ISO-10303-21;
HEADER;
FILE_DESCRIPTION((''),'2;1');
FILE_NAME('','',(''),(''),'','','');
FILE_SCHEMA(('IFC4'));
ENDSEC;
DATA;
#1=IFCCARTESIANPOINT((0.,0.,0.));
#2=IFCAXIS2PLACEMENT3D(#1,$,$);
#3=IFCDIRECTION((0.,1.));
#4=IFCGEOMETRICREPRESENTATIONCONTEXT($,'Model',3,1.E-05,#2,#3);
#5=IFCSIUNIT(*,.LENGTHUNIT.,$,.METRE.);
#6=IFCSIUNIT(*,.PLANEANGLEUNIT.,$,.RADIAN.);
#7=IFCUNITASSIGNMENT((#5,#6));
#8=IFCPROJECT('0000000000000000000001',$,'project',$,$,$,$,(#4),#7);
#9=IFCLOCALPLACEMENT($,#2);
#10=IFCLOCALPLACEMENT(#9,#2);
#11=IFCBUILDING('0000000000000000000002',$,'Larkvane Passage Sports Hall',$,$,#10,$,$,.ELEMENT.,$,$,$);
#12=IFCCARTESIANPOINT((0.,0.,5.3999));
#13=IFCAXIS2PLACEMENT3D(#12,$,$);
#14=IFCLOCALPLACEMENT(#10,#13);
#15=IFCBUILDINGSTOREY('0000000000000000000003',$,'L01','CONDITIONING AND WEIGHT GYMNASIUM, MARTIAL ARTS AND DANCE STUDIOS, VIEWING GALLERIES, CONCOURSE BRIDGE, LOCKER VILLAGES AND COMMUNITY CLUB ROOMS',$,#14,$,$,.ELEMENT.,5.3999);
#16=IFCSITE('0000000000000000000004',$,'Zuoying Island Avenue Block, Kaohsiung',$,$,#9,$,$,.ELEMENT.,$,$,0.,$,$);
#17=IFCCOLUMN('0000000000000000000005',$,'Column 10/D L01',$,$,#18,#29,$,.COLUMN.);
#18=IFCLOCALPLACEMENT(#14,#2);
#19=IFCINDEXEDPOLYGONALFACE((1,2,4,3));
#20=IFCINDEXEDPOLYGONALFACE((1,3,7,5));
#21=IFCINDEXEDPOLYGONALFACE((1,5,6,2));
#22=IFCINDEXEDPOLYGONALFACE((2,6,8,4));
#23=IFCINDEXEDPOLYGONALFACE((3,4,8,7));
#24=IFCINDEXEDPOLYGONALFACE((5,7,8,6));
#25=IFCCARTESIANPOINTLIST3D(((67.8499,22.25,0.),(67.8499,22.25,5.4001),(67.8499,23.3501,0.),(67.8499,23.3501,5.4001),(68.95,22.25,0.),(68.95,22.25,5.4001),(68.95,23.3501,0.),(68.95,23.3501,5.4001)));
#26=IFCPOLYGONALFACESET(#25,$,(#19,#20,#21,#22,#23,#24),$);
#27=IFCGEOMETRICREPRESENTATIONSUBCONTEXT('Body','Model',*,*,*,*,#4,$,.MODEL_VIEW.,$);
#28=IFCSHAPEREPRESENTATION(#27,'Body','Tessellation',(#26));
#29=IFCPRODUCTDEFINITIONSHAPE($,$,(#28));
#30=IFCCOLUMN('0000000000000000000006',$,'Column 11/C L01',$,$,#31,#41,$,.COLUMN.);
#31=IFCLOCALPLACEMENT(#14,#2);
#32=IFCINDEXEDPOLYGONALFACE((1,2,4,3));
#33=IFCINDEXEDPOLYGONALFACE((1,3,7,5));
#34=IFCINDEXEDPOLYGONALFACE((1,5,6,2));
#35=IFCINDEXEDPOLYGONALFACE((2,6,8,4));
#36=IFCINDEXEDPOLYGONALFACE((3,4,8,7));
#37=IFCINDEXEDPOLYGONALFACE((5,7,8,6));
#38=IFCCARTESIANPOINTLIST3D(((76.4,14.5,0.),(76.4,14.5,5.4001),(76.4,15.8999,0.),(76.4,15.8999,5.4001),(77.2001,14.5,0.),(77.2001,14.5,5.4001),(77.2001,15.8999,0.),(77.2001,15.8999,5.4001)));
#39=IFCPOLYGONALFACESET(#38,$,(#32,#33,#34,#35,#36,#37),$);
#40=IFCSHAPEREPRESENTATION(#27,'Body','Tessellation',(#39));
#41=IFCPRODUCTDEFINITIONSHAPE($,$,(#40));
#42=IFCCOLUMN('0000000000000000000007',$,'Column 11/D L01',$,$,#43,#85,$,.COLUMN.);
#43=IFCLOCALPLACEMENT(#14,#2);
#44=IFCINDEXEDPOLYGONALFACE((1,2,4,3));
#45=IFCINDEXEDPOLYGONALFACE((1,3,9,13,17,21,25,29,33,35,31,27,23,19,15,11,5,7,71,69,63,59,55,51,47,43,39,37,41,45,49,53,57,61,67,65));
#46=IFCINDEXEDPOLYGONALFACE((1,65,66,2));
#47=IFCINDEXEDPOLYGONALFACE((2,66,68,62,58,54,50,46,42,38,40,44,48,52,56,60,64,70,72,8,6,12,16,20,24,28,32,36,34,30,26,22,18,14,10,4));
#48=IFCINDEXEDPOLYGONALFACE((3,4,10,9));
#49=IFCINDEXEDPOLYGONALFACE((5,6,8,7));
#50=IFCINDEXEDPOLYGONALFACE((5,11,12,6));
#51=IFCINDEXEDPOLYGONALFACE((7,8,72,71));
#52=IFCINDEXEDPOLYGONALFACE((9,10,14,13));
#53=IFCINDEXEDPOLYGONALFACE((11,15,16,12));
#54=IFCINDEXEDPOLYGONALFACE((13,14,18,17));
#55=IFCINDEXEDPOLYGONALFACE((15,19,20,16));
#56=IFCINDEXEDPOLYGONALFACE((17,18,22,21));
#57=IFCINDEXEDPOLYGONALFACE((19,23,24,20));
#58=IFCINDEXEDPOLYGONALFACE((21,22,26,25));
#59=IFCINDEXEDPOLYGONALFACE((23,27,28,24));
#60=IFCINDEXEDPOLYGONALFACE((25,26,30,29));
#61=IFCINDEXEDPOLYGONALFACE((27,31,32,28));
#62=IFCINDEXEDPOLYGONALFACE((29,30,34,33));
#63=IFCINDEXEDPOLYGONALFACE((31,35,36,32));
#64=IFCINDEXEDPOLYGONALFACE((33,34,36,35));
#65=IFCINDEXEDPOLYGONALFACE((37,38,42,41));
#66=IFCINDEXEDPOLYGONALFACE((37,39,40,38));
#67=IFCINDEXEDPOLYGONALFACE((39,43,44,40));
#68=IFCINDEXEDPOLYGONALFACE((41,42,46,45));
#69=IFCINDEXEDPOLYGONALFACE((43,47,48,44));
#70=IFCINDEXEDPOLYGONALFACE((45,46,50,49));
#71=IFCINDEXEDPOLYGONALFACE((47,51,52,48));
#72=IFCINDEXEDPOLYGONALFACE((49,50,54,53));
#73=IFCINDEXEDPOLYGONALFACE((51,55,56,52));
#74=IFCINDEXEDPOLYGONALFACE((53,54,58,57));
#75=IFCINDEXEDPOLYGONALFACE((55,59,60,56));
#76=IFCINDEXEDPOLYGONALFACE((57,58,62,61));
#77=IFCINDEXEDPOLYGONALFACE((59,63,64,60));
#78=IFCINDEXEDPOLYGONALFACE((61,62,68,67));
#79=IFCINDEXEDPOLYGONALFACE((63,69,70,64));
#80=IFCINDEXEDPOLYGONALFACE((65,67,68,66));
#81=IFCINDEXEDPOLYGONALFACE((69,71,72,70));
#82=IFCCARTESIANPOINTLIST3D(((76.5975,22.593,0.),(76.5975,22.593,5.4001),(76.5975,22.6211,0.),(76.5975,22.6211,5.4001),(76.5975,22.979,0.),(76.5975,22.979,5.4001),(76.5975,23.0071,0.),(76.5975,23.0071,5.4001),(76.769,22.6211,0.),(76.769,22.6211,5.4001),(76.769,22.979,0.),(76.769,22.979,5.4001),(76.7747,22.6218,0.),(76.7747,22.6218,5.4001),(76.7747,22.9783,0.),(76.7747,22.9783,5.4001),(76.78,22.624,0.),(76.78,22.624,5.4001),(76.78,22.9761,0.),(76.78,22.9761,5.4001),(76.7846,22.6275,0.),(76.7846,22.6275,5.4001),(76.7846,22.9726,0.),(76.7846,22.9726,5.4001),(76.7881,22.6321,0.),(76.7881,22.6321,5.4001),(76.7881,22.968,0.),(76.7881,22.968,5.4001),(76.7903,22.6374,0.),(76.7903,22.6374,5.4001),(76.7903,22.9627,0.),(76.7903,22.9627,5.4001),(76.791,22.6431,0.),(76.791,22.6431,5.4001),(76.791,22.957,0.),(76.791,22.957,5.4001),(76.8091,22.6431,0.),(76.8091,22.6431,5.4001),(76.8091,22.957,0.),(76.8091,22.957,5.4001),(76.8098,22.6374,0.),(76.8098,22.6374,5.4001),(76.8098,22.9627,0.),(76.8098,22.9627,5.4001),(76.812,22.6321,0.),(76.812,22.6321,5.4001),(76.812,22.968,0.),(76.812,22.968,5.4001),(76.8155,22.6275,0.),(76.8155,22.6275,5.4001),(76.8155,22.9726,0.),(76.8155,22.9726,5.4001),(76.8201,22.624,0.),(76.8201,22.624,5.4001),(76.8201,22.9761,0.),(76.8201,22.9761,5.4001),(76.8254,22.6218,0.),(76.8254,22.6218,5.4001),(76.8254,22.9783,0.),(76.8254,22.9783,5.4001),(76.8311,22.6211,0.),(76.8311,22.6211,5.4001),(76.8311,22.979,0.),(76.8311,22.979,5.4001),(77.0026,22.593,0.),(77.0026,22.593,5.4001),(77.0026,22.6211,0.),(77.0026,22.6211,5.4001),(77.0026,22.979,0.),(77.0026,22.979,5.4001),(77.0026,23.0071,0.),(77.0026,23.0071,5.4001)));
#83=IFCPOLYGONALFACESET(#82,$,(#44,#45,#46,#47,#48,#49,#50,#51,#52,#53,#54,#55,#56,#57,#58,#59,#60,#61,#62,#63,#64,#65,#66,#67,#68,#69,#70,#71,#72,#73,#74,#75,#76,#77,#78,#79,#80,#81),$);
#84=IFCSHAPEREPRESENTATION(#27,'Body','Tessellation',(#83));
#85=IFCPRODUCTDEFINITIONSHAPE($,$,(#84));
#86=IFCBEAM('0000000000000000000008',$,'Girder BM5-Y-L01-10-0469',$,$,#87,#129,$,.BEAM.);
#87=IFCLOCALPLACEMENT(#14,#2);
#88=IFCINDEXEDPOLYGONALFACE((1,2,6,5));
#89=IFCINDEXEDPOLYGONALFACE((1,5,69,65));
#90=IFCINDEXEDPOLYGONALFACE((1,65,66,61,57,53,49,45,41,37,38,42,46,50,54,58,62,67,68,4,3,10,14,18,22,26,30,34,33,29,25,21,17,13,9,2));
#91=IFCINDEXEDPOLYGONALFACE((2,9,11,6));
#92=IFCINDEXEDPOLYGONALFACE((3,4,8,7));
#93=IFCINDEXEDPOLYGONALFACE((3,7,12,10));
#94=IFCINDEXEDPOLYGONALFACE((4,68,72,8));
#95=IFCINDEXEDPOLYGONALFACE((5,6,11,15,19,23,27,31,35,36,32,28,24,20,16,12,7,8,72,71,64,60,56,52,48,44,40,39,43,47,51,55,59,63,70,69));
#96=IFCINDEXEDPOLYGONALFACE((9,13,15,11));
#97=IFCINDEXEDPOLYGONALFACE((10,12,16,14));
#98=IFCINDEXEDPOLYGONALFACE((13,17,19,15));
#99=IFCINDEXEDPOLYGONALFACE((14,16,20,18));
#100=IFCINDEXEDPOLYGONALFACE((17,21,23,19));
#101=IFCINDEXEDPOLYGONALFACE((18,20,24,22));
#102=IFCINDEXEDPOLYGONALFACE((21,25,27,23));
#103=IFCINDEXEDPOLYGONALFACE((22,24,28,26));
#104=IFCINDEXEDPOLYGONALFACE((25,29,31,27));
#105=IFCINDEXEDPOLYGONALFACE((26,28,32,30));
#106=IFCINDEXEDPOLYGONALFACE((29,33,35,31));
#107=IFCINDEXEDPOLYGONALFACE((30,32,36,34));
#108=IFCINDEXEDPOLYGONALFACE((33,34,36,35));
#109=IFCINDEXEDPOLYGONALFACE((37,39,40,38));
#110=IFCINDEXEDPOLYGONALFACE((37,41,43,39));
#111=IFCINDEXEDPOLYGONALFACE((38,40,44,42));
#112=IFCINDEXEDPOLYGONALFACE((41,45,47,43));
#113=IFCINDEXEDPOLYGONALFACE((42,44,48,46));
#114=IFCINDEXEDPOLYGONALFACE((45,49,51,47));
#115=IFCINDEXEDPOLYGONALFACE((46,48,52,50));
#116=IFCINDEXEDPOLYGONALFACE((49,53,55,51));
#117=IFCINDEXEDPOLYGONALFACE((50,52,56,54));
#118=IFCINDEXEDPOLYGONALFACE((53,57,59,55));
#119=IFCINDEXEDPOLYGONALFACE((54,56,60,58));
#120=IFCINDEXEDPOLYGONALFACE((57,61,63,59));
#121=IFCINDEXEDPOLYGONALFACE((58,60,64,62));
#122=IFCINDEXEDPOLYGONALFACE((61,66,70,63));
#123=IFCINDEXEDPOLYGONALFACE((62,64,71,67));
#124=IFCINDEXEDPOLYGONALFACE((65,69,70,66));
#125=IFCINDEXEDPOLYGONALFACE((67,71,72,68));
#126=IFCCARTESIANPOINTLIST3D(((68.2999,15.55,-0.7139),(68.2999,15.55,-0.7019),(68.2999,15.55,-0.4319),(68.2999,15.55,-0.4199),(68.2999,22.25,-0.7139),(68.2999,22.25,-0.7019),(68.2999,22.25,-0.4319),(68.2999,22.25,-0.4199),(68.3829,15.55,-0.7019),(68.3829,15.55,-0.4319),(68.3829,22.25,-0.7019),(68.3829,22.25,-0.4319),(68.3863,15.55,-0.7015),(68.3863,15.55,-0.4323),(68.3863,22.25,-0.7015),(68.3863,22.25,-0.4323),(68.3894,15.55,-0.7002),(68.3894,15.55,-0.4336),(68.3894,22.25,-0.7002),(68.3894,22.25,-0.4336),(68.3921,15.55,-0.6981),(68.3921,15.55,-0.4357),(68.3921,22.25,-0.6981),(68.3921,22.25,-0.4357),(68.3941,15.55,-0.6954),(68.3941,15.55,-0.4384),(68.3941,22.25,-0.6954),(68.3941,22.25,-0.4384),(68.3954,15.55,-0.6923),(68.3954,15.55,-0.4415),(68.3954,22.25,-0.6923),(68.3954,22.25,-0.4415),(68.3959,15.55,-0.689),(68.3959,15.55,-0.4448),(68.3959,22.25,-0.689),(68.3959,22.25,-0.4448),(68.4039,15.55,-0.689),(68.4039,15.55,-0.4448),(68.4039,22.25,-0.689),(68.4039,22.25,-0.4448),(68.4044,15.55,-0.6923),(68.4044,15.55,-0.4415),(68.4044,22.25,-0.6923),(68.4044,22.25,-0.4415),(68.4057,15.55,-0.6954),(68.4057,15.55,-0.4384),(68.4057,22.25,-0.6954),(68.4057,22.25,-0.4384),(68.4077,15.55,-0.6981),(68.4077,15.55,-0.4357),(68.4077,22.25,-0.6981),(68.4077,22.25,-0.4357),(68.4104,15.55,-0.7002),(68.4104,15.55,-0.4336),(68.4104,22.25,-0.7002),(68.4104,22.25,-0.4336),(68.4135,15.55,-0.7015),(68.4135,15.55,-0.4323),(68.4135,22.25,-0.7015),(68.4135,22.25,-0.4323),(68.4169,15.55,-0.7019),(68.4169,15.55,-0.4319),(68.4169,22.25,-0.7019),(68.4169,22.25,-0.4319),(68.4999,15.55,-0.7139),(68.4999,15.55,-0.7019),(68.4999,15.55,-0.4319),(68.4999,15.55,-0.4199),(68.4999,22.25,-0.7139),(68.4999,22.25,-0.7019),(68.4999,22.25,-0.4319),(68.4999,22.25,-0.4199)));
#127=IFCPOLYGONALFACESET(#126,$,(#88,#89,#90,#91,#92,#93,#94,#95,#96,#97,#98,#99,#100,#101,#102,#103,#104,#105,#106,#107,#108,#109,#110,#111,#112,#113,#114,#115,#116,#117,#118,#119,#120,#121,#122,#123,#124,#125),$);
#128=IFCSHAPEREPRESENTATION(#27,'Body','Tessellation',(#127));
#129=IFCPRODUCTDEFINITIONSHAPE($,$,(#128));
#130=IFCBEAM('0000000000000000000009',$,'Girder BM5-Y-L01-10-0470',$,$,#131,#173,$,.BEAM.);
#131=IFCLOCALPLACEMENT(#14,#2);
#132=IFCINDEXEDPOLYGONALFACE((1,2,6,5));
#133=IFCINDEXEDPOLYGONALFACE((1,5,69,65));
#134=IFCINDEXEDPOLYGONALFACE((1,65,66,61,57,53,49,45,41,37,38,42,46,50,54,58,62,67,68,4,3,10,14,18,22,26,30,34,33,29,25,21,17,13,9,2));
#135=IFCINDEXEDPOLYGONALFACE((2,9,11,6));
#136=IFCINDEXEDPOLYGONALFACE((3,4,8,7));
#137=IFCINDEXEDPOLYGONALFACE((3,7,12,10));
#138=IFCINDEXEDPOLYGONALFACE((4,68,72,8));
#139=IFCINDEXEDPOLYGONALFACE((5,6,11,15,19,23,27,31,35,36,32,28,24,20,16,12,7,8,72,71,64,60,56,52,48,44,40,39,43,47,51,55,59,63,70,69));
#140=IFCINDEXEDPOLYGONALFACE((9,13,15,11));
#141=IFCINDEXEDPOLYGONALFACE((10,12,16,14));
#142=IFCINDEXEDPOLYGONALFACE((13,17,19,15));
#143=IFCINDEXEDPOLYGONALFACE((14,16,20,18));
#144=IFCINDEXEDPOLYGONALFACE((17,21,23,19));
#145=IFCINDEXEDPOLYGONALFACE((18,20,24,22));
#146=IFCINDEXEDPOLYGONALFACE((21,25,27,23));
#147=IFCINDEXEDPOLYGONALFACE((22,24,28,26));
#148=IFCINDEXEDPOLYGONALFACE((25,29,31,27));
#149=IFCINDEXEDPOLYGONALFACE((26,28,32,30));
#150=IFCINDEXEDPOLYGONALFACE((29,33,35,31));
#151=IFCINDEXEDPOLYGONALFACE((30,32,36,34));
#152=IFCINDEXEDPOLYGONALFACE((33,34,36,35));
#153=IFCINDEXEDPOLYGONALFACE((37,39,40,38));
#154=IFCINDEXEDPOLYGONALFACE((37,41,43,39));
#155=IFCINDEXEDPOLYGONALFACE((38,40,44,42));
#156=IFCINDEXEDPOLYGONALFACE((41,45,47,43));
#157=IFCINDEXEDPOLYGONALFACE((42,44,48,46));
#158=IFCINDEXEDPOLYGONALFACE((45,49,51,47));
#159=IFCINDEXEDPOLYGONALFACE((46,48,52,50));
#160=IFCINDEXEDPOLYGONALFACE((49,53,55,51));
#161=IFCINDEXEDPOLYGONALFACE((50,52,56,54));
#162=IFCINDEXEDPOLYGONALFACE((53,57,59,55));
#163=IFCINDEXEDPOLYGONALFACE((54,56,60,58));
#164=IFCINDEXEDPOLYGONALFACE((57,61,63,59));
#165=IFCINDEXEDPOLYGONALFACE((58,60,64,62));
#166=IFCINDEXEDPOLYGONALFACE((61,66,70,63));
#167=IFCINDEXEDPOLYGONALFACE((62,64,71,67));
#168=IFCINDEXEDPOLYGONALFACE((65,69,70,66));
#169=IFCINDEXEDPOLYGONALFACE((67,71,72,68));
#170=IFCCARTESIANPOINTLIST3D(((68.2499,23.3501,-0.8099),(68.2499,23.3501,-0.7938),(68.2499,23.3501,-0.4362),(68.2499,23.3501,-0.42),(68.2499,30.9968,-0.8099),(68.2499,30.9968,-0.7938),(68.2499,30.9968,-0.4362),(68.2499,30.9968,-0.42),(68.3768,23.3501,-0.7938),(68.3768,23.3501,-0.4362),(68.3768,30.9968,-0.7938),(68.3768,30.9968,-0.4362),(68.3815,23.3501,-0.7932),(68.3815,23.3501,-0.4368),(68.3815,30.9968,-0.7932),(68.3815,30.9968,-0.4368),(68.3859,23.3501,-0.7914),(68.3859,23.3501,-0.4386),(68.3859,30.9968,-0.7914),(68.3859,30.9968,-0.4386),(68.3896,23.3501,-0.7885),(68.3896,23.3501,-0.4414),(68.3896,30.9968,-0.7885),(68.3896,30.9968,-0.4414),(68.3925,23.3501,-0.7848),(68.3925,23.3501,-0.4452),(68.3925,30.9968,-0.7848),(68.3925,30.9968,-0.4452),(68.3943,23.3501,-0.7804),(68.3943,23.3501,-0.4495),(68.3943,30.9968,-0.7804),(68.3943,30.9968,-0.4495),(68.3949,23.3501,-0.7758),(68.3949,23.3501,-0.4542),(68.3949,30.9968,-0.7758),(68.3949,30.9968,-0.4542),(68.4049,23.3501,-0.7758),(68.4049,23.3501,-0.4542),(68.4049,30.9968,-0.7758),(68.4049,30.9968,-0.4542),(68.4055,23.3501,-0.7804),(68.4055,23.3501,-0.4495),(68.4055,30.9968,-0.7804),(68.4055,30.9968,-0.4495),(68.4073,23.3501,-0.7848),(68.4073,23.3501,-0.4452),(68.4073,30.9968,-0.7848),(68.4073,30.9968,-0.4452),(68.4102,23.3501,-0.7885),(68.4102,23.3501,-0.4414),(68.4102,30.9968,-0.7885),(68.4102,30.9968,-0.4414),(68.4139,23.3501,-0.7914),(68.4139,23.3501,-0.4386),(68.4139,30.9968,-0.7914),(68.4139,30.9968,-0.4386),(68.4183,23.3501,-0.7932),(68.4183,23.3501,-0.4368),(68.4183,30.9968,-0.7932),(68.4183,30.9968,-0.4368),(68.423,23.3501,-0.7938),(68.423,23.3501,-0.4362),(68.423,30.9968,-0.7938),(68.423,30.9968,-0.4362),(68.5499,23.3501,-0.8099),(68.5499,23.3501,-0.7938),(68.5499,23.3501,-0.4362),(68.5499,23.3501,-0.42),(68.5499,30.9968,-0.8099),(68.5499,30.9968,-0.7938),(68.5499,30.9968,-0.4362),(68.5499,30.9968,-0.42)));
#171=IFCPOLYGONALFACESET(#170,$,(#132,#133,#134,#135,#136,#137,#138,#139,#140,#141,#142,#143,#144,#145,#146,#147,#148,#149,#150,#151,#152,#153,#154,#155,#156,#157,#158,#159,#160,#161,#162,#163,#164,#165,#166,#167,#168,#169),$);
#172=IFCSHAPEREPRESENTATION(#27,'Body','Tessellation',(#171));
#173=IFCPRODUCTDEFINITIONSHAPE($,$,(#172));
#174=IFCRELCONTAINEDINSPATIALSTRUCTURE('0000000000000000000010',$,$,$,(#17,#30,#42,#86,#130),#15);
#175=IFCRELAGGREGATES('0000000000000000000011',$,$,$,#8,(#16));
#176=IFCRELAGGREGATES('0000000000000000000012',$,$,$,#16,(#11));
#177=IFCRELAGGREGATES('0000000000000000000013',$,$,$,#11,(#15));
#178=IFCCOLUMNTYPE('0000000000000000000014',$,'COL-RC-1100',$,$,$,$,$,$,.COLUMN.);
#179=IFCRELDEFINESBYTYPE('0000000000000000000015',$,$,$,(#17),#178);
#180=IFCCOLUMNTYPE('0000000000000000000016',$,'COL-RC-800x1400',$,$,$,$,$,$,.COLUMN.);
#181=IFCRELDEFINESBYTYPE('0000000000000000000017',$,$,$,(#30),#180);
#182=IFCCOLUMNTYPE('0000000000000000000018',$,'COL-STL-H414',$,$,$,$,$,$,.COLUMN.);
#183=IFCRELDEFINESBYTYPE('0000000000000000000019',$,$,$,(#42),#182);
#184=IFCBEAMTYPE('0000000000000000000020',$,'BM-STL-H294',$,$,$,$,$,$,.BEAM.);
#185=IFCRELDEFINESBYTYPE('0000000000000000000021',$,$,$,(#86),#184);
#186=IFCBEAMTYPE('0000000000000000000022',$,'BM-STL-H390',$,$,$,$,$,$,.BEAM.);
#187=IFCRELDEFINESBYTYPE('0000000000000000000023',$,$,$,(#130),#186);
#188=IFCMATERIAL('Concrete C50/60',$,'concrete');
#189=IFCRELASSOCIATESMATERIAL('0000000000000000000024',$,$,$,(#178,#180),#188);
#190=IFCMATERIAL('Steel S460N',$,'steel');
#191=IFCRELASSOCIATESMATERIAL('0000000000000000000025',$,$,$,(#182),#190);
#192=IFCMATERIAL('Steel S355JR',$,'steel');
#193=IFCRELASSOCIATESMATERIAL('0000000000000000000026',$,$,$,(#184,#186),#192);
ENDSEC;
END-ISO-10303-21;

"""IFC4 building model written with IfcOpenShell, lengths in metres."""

from ifc_helpers import new_model, si_unit, direction, frame, origin, origin_2d, place, context, subcontext, project, spatial, rectangle, i_section, extrude, material, material_profile, profile_set, type_object, element, save


model = new_model("IFC4")

# Units and contexts
model_context = context("Model", 3, precision=1e-05, world=origin(), true_north=direction((0.0, 1.0)))
body_context = subcontext(model_context, "Body", "Model", "MODEL_VIEW")
ifc_project = project(units=[si_unit("LENGTHUNIT", "METRE"), si_unit("PLANEANGLEUNIT", "RADIAN")], contexts=[model_context])

# Site, building, storey
site_placement = place(None, origin())
site = spatial("IfcSite", under=ifc_project, at=site_placement, Name="Zuoying Island Avenue Block, Kaohsiung", CompositionType="ELEMENT", RefElevation=0.0)
building_placement = place(site_placement, origin())
building = spatial("IfcBuilding", under=site, at=building_placement, Name="Larkvane Passage Sports Hall", CompositionType="ELEMENT")
storey_placement = place(building_placement, frame((0.0, 0.0, 5.3999)))
storey = spatial("IfcBuildingStorey", under=building, at=storey_placement, Name="L01", Description="CONDITIONING AND WEIGHT GYMNASIUM, MARTIAL ARTS AND DANCE STUDIOS, VIEWING GALLERIES, CONCOURSE BRIDGE, LOCKER VILLAGES AND COMMUNITY CLUB ROOMS", CompositionType="ELEMENT", Elevation=5.3999)

# Columns
ifc_material_1 = material(Name="Concrete C50/60", Category="concrete")
ifc_material_profile_1 = material_profile(ifc_material_1, rectangle(XDim=1.1001, YDim=1.1001, at=origin_2d()), Name="RC-COL-1100x1100")
ifc_profile_set_1 = profile_set([ifc_material_profile_1], Name="Concrete C50/60")
column_type_1 = type_object("IfcColumnType", Name="COL-RC-1100", PredefinedType="COLUMN", material=ifc_profile_set_1)
column_1_placement = place(storey_placement, frame((68.3999, 22.8, 0.0), z_axis=(0.0, 0.0, 1.0), x_axis=(1.0, 0.0, 0.0)))
element("IfcColumn", 1, at=column_1_placement, inside=storey, type_object=column_type_1, Name="Column 10/D L01", PredefinedType="COLUMN", context=body_context, shape_type="SweptSolid", body=[
    extrude(rectangle(XDim=1.1001, YDim=1.1001, at=origin_2d()), origin(), (0.0, 0.0, 1.0), 5.4001),
])
ifc_material_profile_2 = material_profile(ifc_material_1, rectangle(XDim=0.8, YDim=1.3999, at=origin_2d()), Name="RC-COL-800x1400")
ifc_profile_set_2 = profile_set([ifc_material_profile_2], Name="Concrete C50/60")
column_type_2 = type_object("IfcColumnType", Name="COL-RC-800x1400", PredefinedType="COLUMN", material=ifc_profile_set_2)
column_2_placement = place(storey_placement, frame((76.8, 15.2, 0.0), z_axis=(0.0, 0.0, 1.0), x_axis=(1.0, 0.0, 0.0)))
element("IfcColumn", 2, at=column_2_placement, inside=storey, type_object=column_type_2, Name="Column 11/C L01", PredefinedType="COLUMN", context=body_context, shape_type="SweptSolid", body=[
    extrude(rectangle(XDim=0.8, YDim=1.3999, at=origin_2d()), origin(), (0.0, 0.0, 1.0), 5.4001),
])
ifc_material_2 = material(Name="Steel S460N", Category="steel")
ifc_material_profile_3 = material_profile(ifc_material_2, i_section(OverallWidth=0.405, OverallDepth=0.4141, WebThickness=0.0181, FlangeThickness=0.0281, FilletRadius=0.022, at=origin_2d()), Name="H-414x405x18x28")
ifc_profile_set_3 = profile_set([ifc_material_profile_3], Name="Steel S460N")
column_type_3 = type_object("IfcColumnType", Name="COL-STL-H414", PredefinedType="COLUMN", material=ifc_profile_set_3)
column_3_placement = place(storey_placement, frame((76.8, 22.8, 0.0), z_axis=(0.0, 0.0, 1.0), x_axis=(1.0, 0.0, 0.0)))
element("IfcColumn", 3, at=column_3_placement, inside=storey, type_object=column_type_3, Name="Column 11/D L01", PredefinedType="COLUMN", context=body_context, shape_type="SweptSolid", body=[
    extrude(i_section(OverallWidth=0.405, OverallDepth=0.4141, WebThickness=0.0181, FlangeThickness=0.0281, FilletRadius=0.022, at=origin_2d()), origin(), (0.0, 0.0, 1.0), 5.4001),
])

# Beams
ifc_material_3 = material(Name="Steel S355JR", Category="steel")
ifc_material_profile_4 = material_profile(ifc_material_3, i_section(OverallWidth=0.2, OverallDepth=0.2939, WebThickness=0.0081, FlangeThickness=0.012, FilletRadius=0.0129, at=origin_2d()), Name="H-294x200x8x12")
ifc_profile_set_4 = profile_set([ifc_material_profile_4], Name="Steel S355JR")
beam_type_1 = type_object("IfcBeamType", Name="BM-STL-H294", PredefinedType="BEAM", material=ifc_profile_set_4)
beam_1_placement = place(storey_placement, frame((68.3999, 15.55, -0.5669), z_axis=(0.0, 1.0, 0.0), x_axis=(-1.0, 0.0, 0.0)))
element("IfcBeam", 4, at=beam_1_placement, inside=storey, type_object=beam_type_1, Name="Girder BM5-Y-L01-10-0469", PredefinedType="BEAM", context=body_context, shape_type="SweptSolid", body=[
    extrude(i_section(OverallWidth=0.2, OverallDepth=0.2939, WebThickness=0.0081, FlangeThickness=0.012, FilletRadius=0.0129, at=origin_2d()), origin(), (0.0, 0.0, 1.0), 6.7),
])
ifc_material_profile_5 = material_profile(ifc_material_3, i_section(OverallWidth=0.3, OverallDepth=0.3899, WebThickness=0.01, FlangeThickness=0.0161, FilletRadius=0.0181, at=origin_2d()), Name="H-390x300x10x16")
ifc_profile_set_5 = profile_set([ifc_material_profile_5], Name="Steel S355JR")
beam_type_2 = type_object("IfcBeamType", Name="BM-STL-H390", PredefinedType="BEAM", material=ifc_profile_set_5)
beam_2_placement = place(storey_placement, frame((68.3999, 23.3501, -0.615), z_axis=(0.0, 1.0, 0.0), x_axis=(-1.0, 0.0, 0.0)))
element("IfcBeam", 5, at=beam_2_placement, inside=storey, type_object=beam_type_2, Name="Girder BM5-Y-L01-10-0470", PredefinedType="BEAM", context=body_context, shape_type="SweptSolid", body=[
    extrude(i_section(OverallWidth=0.3, OverallDepth=0.3899, WebThickness=0.01, FlangeThickness=0.0161, FilletRadius=0.0181, at=origin_2d()), origin(), (0.0, 0.0, 1.0), 7.6467),
])

save(model, "model.ifc")
